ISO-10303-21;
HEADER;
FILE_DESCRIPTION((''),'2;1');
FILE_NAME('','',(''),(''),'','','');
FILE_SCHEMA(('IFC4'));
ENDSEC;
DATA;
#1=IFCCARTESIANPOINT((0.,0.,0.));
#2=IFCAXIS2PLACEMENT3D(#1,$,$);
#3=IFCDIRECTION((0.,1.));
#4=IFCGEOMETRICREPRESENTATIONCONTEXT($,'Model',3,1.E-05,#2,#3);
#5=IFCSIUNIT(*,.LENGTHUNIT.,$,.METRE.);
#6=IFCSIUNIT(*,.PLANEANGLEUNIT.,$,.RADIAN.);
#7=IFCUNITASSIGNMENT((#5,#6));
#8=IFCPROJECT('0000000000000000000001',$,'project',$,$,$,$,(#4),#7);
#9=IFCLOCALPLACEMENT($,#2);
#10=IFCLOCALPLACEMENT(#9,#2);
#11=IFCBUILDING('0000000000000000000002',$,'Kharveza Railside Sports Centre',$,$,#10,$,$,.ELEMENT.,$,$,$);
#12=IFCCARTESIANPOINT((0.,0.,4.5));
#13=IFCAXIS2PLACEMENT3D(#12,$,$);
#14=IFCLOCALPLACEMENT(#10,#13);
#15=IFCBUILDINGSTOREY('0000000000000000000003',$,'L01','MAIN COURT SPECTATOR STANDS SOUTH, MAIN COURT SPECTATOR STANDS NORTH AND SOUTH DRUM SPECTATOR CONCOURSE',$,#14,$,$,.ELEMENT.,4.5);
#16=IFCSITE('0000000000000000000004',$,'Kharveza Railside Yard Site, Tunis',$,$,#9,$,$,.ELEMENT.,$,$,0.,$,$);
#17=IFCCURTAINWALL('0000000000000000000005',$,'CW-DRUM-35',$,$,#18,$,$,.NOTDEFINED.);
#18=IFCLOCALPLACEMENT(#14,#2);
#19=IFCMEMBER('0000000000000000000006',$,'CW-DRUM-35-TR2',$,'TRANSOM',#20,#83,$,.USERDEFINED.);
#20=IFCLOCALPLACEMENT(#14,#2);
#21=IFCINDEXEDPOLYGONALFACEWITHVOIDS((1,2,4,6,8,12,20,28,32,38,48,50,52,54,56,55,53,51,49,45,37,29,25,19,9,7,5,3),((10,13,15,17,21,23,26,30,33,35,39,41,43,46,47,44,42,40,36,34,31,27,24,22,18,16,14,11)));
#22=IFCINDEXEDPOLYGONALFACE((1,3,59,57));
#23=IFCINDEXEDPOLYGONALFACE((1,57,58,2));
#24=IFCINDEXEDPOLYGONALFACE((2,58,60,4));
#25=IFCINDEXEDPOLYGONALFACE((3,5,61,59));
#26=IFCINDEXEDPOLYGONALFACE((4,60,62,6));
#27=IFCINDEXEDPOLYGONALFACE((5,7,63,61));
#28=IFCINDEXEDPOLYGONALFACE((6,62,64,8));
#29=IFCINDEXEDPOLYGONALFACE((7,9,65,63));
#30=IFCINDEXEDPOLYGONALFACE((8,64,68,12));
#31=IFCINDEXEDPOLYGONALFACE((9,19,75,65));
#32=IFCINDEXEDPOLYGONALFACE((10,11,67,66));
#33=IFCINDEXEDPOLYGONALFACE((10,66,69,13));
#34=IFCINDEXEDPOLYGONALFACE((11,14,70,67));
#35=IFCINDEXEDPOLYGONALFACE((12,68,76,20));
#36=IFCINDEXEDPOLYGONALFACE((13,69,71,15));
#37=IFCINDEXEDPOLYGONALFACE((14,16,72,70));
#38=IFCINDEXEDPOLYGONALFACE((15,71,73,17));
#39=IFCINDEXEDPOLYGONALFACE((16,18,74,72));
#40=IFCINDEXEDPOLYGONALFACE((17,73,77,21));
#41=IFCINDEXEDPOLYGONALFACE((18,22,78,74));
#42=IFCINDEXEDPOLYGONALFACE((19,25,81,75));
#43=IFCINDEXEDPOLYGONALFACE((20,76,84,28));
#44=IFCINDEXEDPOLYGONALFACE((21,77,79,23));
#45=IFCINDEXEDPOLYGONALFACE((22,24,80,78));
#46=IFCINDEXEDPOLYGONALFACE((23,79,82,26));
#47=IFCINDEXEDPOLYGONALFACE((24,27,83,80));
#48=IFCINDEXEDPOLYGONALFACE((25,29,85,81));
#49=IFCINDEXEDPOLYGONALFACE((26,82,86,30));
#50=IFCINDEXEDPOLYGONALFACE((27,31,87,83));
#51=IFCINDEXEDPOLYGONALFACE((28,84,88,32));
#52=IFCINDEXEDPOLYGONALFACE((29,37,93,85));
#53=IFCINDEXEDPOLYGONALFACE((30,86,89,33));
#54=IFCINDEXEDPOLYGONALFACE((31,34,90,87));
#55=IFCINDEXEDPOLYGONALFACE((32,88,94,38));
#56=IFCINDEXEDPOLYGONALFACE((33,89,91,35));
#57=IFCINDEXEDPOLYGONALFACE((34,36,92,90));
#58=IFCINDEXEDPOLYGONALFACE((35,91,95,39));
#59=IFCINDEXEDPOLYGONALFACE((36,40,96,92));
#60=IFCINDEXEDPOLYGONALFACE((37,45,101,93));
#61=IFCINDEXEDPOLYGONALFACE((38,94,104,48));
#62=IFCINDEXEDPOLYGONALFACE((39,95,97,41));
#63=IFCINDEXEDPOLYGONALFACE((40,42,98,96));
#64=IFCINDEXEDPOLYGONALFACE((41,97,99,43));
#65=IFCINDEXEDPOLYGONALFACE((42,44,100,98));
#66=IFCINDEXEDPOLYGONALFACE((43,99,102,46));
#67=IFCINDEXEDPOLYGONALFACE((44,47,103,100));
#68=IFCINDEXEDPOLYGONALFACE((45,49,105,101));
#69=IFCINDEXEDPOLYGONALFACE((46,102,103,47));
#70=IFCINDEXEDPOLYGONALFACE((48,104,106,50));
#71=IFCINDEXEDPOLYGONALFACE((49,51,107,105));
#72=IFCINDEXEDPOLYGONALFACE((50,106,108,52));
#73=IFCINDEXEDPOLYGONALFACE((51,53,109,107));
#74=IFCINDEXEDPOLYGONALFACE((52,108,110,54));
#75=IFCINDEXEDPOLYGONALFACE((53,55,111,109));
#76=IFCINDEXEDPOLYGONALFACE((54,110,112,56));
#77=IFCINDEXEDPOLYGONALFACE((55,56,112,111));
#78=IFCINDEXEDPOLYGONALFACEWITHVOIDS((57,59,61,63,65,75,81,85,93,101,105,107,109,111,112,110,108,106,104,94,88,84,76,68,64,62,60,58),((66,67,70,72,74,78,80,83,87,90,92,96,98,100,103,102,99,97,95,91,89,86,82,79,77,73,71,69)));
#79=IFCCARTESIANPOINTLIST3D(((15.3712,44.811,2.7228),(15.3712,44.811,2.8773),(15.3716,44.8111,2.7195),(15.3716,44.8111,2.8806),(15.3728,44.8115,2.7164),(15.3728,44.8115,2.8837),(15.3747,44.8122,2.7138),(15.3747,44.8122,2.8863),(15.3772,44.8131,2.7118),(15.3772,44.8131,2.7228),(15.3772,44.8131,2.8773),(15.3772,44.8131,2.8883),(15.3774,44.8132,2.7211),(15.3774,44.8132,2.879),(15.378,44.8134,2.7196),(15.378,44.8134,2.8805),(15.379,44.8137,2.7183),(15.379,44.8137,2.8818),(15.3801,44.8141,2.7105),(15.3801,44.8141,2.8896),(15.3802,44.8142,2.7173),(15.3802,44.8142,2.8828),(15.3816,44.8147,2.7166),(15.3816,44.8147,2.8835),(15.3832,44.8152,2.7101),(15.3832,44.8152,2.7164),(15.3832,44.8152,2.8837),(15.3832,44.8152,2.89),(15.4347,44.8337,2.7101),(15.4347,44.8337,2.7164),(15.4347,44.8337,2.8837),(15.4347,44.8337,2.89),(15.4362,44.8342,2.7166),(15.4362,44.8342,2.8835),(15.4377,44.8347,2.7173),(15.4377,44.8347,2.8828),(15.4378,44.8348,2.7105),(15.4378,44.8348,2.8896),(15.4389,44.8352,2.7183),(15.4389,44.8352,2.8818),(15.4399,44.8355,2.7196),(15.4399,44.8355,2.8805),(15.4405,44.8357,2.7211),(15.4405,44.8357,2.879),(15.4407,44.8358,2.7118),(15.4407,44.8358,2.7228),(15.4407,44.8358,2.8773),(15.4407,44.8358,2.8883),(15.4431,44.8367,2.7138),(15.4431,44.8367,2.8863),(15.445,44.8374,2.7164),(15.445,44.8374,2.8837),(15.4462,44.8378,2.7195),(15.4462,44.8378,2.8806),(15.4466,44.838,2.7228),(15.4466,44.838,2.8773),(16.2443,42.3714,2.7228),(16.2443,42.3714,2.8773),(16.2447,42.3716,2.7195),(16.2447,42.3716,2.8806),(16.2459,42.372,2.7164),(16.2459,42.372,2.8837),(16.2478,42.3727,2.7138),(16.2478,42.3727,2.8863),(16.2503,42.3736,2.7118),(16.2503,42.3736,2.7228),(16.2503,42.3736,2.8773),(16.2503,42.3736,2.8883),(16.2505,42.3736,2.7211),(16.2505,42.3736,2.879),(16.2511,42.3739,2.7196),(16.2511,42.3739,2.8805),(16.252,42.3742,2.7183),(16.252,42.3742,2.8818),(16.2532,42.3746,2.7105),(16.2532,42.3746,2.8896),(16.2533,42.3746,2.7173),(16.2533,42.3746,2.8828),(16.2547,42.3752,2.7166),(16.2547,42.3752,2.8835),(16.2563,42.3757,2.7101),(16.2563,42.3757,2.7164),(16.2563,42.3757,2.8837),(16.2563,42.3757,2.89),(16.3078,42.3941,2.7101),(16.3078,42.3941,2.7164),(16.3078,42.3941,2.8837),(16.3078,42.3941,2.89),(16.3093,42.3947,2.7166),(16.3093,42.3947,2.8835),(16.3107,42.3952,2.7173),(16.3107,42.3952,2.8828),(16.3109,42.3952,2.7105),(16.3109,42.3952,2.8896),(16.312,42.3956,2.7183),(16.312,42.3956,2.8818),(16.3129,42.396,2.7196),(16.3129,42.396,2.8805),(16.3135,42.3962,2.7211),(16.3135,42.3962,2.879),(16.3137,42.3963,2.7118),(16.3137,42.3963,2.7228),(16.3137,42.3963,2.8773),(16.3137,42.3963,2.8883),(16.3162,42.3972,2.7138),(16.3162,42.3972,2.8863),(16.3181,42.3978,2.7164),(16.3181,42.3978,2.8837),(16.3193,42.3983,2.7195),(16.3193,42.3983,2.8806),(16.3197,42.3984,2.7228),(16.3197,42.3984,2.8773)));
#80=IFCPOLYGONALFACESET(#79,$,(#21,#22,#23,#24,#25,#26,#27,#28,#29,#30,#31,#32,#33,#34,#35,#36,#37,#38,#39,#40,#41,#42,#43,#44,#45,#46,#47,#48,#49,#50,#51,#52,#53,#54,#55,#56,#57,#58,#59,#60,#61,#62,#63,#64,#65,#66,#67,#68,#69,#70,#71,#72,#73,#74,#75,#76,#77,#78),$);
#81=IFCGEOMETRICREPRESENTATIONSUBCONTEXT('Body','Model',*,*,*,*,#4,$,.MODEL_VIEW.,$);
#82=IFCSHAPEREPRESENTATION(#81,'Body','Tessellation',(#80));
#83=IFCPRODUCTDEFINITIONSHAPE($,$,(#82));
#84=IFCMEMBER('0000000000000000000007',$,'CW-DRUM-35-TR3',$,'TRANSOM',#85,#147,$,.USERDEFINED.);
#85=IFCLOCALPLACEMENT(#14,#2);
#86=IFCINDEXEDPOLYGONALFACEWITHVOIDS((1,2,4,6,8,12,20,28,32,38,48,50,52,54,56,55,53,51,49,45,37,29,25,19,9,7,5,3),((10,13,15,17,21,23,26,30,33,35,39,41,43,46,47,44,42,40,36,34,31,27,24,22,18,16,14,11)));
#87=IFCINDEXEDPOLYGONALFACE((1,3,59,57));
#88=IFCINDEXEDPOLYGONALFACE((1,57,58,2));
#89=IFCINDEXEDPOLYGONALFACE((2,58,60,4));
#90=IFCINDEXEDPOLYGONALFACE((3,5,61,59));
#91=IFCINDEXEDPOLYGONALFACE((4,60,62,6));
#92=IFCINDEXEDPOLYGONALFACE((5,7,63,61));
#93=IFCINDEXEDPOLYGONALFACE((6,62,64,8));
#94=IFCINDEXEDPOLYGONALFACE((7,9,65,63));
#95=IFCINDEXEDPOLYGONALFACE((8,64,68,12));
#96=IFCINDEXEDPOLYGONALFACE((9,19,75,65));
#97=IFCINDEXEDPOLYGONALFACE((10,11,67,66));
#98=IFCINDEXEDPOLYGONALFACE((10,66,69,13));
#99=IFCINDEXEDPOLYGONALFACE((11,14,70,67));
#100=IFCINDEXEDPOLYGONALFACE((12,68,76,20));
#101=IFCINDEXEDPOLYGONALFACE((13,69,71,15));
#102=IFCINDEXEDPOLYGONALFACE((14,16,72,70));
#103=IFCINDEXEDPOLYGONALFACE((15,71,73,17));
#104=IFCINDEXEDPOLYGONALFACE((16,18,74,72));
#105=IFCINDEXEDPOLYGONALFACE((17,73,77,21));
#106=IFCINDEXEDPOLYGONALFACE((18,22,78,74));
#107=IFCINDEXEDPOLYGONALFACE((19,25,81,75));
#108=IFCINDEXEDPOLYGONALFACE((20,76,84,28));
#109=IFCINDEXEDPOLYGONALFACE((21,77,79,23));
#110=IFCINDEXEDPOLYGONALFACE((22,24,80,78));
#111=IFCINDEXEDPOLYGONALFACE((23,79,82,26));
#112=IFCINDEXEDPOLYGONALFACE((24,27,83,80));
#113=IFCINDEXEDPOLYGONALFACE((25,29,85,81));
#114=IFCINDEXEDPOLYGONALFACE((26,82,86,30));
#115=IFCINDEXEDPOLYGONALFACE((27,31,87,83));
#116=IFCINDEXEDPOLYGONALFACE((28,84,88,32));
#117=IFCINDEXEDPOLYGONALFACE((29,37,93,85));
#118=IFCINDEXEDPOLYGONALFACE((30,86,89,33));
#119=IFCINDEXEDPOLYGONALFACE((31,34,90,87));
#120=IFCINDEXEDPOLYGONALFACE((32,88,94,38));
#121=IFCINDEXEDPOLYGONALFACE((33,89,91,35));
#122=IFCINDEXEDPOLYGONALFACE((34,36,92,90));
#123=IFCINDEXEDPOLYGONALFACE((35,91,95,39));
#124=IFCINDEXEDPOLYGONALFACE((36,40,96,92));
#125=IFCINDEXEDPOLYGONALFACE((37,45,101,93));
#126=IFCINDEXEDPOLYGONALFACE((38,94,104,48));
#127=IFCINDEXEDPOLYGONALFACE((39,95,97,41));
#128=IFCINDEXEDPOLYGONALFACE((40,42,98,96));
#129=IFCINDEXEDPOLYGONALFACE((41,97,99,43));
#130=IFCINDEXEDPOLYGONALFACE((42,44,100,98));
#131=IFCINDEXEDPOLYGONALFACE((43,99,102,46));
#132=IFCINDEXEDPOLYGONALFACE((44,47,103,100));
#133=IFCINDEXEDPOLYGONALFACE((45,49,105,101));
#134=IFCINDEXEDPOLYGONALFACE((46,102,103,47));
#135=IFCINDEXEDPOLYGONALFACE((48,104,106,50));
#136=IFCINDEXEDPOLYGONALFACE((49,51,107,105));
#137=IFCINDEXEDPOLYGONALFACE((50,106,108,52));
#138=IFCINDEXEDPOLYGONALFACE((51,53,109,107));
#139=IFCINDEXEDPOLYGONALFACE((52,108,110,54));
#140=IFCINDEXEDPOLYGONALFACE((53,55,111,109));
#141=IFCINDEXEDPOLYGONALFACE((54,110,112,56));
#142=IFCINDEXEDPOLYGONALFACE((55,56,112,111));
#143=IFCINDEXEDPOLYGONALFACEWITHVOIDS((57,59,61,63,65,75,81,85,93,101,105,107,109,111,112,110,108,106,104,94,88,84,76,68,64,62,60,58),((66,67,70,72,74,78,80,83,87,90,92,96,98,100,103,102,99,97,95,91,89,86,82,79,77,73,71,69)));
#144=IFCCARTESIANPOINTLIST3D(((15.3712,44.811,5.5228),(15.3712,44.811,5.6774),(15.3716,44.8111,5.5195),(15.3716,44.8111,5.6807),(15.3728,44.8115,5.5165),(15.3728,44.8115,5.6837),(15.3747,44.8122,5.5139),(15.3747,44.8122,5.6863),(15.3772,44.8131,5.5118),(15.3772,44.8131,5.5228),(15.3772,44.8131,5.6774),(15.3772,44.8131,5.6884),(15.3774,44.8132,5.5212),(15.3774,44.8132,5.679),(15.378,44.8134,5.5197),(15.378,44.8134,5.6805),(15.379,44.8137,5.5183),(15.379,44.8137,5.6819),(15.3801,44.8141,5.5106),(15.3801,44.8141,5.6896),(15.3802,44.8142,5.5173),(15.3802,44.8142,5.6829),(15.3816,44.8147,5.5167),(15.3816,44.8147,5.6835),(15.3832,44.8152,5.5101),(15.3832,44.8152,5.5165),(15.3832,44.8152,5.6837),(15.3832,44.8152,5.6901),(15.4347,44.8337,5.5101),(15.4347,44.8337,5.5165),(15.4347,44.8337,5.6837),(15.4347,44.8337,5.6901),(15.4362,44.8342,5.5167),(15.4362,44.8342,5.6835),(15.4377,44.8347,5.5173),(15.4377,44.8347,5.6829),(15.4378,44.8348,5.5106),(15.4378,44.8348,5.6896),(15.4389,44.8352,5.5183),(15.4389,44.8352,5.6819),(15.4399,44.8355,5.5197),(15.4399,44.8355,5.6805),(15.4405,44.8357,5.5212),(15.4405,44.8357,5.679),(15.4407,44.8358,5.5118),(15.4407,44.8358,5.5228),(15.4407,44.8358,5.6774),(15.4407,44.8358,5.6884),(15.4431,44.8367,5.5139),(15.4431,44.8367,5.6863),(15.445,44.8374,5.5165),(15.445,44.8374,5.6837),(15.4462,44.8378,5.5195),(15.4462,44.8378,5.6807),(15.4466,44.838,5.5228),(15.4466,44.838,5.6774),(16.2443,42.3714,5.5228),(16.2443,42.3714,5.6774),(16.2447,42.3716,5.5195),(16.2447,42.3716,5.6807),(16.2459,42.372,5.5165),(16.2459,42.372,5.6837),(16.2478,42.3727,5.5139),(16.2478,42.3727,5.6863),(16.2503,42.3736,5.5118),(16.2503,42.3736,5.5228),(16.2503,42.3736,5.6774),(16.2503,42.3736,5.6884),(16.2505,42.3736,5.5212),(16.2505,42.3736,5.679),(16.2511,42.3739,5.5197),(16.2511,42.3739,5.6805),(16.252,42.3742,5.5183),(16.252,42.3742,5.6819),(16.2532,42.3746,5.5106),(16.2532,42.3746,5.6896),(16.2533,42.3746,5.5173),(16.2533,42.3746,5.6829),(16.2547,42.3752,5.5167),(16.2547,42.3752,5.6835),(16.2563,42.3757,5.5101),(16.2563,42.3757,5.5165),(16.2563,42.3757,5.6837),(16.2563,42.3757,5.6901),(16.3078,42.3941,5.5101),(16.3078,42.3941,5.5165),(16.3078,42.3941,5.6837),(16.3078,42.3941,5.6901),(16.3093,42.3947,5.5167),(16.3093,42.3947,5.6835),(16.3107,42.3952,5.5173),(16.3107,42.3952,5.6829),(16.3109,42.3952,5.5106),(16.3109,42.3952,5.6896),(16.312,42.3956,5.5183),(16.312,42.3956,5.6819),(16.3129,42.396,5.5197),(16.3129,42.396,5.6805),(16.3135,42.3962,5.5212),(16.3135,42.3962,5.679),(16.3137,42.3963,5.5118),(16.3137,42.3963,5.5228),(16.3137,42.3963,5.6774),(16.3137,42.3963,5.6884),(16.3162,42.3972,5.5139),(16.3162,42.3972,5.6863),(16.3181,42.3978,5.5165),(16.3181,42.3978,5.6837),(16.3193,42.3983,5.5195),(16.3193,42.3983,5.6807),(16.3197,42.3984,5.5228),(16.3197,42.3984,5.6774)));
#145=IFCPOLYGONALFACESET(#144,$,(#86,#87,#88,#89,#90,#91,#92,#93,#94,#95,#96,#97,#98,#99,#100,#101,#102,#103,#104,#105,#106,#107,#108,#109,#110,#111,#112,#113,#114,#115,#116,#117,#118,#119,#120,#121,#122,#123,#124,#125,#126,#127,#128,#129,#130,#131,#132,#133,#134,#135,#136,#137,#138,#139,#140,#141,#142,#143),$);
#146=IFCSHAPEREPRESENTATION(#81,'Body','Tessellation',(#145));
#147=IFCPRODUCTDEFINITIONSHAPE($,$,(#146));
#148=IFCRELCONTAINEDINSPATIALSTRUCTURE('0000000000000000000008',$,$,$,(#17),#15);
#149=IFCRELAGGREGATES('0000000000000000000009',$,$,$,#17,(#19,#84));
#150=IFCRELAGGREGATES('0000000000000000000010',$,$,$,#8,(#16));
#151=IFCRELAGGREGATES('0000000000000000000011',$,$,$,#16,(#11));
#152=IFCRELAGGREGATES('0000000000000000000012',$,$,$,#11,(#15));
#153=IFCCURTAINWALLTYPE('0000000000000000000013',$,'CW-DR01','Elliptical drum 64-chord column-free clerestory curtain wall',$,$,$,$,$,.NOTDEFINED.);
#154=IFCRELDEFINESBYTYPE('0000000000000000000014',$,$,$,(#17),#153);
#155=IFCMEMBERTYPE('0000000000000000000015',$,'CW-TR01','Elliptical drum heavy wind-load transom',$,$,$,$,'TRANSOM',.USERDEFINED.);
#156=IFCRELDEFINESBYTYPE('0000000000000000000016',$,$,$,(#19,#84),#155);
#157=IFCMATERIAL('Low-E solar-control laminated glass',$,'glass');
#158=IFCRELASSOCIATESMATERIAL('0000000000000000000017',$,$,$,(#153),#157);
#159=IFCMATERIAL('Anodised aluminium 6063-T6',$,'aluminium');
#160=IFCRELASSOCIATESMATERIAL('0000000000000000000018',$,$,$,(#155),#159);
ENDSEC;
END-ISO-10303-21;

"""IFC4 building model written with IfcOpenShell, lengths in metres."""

from ifc_helpers import new_model, si_unit, direction, frame, origin, origin_2d, place, context, subcontext, project, spatial, hollow_rectangle, extrude, material, material_profile, profile_set, type_object, element, aggregate, save


model = new_model("IFC4")

# Units and contexts
model_context = context("Model", 3, precision=1e-05, world=origin(), true_north=direction((0.0, 1.0)))
body_context = subcontext(model_context, "Body", "Model", "MODEL_VIEW")
ifc_project = project(units=[si_unit("LENGTHUNIT", "METRE"), si_unit("PLANEANGLEUNIT", "RADIAN")], contexts=[model_context])

# Site, building, storey
site_placement = place(None, origin())
site = spatial("IfcSite", under=ifc_project, at=site_placement, Name="Kharveza Railside Yard Site, Tunis", CompositionType="ELEMENT", RefElevation=0.0)
building_placement = place(site_placement, origin())
building = spatial("IfcBuilding", under=site, at=building_placement, Name="Kharveza Railside Sports Centre", CompositionType="ELEMENT")
storey_placement = place(building_placement, frame((0.0, 0.0, 4.5)))
storey = spatial("IfcBuildingStorey", under=building, at=storey_placement, Name="L01", Description="MAIN COURT SPECTATOR STANDS SOUTH, MAIN COURT SPECTATOR STANDS NORTH AND SOUTH DRUM SPECTATOR CONCOURSE", CompositionType="ELEMENT", Elevation=4.5)

# Curtain wall
ifc_material_1 = material(Name="Low-E solar-control laminated glass", Category="glass")
curtain_wall_type = type_object("IfcCurtainWallType", Name="CW-DR01", Description="Elliptical drum 64-chord column-free clerestory curtain wall", PredefinedType="NOTDEFINED", material=ifc_material_1)
ifc_material_2 = material(Name="Anodised aluminium 6063-T6", Category="aluminium")
curtain_wall_1_placement = place(storey_placement, origin())
curtain_wall_1 = element("IfcCurtainWall", 1, at=curtain_wall_1_placement, inside=storey, type_object=curtain_wall_type, Name="CW-DRUM-35", PredefinedType="NOTDEFINED")

# Members
ifc_material_profile_1 = material_profile(ifc_material_2, hollow_rectangle(XDim=0.0801, YDim=0.1799, WallThickness=0.0063, InnerFilletRadius=0.0063, OuterFilletRadius=0.0127, at=origin_2d()), Name="RHS 80x180x6.3")
ifc_profile_set_1 = profile_set([ifc_material_profile_1], Name="Anodised aluminium 6063-T6")
member_type_1 = type_object("IfcMemberType", Name="CW-TR01", Description="Elliptical drum heavy wind-load transom", ElementType="TRANSOM", PredefinedType="USERDEFINED", material=ifc_profile_set_1)
member_1_placement = place(storey_placement, frame((15.4089, 44.8245, 2.8), z_axis=(0.336957, -0.94152, 0.0), x_axis=(0.94152, 0.336957, 0.0)))
member_1 = element("IfcMember", 2, at=member_1_placement, type_object=member_type_1, Name="CW-DRUM-35-TR2", ObjectType="TRANSOM", PredefinedType="USERDEFINED", context=body_context, shape_type="SweptSolid", body=[
    extrude(hollow_rectangle(XDim=0.0801, YDim=0.1799, WallThickness=0.0063, InnerFilletRadius=0.0063, OuterFilletRadius=0.0127, at=origin_2d()), origin(), (0.0, 0.0, 1.0), 2.5911),
])
member_2_placement = place(storey_placement, frame((15.4089, 44.8245, 5.6001), z_axis=(0.336957, -0.94152, 0.0), x_axis=(0.94152, 0.336957, 0.0)))
member_2 = element("IfcMember", 3, at=member_2_placement, type_object=member_type_1, Name="CW-DRUM-35-TR3", ObjectType="TRANSOM", PredefinedType="USERDEFINED", context=body_context, shape_type="SweptSolid", body=[
    extrude(hollow_rectangle(XDim=0.0801, YDim=0.1799, WallThickness=0.0063, InnerFilletRadius=0.0063, OuterFilletRadius=0.0127, at=origin_2d()), origin(), (0.0, 0.0, 1.0), 2.5911),
])

aggregate(curtain_wall_1, [member_1, member_2])

save(model, "model.ifc")
